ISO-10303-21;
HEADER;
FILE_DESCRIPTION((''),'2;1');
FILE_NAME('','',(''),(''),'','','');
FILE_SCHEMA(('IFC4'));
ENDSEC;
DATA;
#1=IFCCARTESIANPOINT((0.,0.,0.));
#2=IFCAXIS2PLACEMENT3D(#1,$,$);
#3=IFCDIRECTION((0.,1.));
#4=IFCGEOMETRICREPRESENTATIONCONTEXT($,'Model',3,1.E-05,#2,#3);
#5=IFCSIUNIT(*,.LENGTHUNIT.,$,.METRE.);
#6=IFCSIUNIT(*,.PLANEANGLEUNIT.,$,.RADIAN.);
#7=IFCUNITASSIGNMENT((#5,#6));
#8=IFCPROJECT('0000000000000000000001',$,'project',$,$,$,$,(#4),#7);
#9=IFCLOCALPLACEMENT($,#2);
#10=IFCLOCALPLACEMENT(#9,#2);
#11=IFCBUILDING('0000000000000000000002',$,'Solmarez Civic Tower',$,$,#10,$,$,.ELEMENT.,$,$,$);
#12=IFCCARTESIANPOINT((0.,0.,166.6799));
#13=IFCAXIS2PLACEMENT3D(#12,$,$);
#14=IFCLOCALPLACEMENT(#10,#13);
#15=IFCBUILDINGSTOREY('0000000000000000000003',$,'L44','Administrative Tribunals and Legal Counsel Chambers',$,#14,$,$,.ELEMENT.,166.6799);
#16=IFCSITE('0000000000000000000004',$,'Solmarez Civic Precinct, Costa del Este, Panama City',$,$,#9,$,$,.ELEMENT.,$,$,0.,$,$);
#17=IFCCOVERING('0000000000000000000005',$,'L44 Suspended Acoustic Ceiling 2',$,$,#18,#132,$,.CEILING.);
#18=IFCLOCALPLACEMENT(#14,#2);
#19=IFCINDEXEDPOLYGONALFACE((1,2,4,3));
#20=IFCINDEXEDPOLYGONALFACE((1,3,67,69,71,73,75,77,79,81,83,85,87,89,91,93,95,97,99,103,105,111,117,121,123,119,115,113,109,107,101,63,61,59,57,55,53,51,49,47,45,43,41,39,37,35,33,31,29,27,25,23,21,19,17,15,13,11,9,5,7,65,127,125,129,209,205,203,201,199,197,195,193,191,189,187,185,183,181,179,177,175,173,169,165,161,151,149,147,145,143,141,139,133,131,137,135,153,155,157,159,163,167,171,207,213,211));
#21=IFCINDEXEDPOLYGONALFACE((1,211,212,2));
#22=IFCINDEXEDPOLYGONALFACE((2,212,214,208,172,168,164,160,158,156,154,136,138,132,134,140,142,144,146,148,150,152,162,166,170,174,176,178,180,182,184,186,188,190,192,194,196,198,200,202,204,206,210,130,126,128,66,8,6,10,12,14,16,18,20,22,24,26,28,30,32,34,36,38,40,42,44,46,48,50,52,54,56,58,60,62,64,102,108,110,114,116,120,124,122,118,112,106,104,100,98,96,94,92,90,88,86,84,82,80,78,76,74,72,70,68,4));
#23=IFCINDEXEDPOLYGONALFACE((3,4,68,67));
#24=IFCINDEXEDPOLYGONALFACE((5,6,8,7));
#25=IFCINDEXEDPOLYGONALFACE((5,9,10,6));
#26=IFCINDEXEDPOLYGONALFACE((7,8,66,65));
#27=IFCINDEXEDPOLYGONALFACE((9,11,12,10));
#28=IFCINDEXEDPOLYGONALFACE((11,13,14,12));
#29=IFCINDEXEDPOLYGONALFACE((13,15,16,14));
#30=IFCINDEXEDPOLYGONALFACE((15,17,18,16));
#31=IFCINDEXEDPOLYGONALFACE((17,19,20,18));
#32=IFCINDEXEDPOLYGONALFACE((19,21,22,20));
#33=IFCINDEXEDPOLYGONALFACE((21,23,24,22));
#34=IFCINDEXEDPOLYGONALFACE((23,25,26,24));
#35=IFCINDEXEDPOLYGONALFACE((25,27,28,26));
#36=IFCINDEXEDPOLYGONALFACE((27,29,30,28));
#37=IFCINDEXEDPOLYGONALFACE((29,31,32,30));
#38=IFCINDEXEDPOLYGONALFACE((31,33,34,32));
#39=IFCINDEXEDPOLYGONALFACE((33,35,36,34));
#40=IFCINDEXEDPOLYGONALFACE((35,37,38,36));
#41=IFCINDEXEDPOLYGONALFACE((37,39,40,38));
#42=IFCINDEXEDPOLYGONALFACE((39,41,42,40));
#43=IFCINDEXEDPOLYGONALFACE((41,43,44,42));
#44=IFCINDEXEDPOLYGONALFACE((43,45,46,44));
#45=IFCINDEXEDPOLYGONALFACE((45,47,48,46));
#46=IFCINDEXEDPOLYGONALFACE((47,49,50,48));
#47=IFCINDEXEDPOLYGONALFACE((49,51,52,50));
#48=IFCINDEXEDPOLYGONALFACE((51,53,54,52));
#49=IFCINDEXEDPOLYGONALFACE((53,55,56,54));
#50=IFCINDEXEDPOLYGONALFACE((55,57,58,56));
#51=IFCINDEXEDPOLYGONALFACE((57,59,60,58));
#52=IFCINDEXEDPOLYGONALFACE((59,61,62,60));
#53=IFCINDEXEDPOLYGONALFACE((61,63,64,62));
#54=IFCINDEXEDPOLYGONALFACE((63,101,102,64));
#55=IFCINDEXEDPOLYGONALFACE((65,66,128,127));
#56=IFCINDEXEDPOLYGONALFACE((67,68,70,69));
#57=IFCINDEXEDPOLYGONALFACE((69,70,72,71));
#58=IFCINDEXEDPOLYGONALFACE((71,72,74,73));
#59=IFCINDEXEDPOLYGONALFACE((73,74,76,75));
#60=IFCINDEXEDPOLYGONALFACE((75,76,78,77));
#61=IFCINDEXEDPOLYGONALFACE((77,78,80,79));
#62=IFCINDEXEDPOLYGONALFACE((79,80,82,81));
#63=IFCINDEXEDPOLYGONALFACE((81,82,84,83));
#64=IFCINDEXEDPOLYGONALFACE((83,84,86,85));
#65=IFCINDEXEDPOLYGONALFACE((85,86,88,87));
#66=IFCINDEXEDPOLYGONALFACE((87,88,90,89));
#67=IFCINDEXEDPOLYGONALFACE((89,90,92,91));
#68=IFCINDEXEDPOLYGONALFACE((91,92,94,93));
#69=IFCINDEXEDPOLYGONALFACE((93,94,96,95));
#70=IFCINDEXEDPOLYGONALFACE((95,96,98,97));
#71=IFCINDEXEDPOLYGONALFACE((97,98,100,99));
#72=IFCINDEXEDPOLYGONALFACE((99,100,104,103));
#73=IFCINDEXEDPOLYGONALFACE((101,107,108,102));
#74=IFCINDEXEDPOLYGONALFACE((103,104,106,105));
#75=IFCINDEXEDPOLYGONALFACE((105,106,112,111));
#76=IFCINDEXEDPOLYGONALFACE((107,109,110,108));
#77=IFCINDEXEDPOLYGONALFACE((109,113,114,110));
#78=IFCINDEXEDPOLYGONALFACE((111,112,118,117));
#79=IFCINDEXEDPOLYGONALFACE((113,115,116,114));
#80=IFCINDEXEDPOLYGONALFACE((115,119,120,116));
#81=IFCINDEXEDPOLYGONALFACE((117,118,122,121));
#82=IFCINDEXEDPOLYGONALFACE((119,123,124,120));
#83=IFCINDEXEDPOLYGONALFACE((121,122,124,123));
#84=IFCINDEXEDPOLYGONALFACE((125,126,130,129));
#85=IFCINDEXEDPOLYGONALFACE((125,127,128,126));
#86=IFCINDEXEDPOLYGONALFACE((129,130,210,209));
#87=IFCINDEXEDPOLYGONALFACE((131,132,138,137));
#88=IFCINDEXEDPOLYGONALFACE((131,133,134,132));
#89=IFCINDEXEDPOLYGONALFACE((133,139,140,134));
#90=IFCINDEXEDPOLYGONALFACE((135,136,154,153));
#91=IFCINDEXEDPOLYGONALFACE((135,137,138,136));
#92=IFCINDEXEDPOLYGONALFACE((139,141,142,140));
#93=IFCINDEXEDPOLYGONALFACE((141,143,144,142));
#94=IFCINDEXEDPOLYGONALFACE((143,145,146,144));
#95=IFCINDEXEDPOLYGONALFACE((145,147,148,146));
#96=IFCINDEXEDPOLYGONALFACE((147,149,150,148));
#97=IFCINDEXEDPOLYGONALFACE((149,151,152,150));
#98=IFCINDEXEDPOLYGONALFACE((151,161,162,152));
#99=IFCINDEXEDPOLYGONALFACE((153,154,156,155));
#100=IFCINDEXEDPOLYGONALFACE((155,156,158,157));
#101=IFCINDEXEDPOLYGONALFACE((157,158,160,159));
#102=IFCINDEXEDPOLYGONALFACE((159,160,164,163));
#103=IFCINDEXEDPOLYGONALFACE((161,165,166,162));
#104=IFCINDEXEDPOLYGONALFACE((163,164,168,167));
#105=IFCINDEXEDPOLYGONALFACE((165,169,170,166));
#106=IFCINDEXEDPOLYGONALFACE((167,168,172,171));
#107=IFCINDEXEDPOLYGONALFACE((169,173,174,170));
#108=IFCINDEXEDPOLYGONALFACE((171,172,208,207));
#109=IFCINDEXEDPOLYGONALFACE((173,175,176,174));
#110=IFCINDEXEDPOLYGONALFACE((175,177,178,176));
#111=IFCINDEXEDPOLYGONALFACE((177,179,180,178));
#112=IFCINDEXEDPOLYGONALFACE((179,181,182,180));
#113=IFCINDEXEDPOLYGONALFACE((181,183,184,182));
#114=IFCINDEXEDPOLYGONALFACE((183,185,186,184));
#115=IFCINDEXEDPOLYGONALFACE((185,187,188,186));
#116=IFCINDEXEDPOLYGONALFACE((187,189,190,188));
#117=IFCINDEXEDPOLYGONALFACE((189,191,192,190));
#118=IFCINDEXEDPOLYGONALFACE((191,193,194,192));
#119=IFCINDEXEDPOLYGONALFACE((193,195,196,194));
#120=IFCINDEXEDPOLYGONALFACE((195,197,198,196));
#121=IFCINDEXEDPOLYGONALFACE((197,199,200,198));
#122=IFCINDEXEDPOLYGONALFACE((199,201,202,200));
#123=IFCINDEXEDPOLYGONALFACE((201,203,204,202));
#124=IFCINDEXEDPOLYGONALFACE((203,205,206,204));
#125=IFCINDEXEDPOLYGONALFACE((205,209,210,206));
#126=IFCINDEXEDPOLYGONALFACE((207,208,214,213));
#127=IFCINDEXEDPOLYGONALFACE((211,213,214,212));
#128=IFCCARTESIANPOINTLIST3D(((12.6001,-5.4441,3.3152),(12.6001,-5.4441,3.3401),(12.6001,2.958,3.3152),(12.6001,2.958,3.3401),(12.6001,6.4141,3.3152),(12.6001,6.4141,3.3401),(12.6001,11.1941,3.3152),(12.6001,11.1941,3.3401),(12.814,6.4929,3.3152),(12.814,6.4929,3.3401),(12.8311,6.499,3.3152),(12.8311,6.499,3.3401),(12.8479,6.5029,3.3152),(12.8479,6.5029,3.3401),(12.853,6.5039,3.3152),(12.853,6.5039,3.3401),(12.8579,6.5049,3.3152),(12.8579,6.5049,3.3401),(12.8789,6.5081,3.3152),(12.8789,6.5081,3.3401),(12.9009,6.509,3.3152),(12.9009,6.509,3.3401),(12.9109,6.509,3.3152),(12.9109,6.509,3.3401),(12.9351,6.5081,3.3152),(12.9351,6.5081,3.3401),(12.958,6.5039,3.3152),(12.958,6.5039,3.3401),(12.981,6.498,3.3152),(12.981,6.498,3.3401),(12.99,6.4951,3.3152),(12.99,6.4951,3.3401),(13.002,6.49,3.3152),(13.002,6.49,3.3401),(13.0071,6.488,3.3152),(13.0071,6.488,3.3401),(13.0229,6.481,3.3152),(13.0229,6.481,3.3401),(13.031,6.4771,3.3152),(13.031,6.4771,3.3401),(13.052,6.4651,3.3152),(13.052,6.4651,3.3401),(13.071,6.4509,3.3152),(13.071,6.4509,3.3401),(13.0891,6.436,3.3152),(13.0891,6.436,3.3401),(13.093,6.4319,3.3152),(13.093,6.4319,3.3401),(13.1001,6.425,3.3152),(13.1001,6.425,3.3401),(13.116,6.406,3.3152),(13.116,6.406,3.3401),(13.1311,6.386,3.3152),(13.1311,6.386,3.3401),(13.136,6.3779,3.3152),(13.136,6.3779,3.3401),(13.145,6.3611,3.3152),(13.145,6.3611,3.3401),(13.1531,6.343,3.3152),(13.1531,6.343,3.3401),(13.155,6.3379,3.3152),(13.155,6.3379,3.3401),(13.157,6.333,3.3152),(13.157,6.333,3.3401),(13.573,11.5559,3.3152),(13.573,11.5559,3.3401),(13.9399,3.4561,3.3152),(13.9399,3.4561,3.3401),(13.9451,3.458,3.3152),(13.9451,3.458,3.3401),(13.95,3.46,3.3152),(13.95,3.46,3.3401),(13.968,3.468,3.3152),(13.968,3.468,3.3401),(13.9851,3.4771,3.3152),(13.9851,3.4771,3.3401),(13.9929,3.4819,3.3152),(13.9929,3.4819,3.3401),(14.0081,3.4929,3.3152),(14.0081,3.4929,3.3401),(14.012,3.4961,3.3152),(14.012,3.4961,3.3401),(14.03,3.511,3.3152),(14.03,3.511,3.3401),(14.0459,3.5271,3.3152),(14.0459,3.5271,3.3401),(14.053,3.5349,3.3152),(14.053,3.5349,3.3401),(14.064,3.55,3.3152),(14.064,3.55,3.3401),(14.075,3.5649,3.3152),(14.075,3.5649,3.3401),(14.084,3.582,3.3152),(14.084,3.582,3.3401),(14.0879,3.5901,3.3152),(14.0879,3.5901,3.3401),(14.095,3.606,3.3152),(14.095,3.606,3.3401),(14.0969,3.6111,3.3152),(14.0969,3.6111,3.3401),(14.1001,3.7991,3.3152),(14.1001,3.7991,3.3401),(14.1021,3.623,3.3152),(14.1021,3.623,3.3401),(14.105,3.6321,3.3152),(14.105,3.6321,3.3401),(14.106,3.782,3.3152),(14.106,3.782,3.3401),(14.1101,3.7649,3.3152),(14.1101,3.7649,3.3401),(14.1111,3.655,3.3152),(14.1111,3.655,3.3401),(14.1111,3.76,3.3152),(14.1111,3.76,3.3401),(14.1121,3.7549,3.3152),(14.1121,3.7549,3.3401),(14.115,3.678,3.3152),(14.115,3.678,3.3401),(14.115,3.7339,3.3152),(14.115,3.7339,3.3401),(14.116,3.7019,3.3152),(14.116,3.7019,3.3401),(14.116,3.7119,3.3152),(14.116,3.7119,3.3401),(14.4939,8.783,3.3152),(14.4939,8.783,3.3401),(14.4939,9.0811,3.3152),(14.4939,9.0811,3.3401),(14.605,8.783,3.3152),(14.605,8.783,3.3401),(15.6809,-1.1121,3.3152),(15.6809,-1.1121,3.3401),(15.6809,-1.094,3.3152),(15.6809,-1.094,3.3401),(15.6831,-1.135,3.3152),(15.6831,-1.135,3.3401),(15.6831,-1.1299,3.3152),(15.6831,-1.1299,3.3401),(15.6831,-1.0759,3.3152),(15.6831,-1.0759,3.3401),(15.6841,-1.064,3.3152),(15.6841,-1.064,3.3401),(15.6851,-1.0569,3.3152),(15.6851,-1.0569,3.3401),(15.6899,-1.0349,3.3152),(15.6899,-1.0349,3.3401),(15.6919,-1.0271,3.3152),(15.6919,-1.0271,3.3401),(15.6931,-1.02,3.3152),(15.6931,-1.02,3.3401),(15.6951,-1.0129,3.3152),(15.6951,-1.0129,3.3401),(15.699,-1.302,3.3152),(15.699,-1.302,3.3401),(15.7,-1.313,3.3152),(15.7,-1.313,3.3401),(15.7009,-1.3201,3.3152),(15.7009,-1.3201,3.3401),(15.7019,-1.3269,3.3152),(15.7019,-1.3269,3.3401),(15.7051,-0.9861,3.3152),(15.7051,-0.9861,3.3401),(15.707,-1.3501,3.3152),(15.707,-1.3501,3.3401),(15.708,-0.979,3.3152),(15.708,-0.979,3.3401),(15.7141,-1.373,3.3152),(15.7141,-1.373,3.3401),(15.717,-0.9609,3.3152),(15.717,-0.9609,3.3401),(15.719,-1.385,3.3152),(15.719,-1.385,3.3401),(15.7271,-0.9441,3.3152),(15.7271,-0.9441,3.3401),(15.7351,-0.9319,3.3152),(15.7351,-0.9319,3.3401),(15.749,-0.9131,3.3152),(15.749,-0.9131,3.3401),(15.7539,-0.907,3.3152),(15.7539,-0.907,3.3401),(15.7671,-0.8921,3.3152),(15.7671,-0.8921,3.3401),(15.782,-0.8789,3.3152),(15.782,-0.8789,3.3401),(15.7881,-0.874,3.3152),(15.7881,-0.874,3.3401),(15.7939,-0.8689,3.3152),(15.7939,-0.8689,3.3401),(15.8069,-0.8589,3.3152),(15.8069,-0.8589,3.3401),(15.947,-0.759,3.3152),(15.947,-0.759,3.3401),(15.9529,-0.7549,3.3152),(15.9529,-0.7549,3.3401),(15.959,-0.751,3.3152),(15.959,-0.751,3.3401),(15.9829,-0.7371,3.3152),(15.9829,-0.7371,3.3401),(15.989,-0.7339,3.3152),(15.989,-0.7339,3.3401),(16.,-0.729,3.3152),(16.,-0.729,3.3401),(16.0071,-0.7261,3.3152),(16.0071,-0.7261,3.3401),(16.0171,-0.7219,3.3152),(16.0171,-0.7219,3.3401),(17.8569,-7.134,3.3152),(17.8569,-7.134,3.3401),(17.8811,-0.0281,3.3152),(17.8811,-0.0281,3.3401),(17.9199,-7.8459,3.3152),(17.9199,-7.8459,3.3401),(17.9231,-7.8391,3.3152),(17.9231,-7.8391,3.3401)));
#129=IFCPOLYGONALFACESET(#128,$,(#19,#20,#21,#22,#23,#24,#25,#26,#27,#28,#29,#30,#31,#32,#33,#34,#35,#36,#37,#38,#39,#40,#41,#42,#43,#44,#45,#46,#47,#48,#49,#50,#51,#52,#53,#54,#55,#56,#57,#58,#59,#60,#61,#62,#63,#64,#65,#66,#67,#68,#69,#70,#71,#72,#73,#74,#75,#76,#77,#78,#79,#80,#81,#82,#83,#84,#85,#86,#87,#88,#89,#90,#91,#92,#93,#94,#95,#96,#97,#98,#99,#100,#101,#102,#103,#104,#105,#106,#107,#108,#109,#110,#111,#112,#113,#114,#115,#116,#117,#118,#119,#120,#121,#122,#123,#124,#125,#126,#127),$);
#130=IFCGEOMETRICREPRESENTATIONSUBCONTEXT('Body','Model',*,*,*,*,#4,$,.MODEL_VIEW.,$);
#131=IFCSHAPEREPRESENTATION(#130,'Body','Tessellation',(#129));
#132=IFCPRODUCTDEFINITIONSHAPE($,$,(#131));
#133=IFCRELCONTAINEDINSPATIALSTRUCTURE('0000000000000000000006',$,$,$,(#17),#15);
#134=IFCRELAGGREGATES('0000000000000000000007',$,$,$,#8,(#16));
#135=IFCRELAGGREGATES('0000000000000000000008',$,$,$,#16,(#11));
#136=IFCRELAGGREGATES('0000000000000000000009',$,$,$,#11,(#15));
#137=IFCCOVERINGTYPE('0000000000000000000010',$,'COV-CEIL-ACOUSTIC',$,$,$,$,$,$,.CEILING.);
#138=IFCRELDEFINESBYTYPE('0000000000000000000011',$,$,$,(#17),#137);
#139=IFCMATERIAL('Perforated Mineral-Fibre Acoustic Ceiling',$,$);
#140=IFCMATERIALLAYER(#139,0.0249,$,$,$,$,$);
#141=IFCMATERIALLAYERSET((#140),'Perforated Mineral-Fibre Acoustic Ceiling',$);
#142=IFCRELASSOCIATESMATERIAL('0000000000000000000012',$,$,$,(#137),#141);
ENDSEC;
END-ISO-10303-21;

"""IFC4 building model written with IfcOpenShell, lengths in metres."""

from ifc_helpers import new_model, si_unit, direction, frame, origin, place, context, subcontext, project, spatial, polyline, outline, extrude, material, layer, layer_set, type_object, element, save


model = new_model("IFC4")

# Units and contexts
model_context = context("Model", 3, precision=1e-05, world=origin(), true_north=direction((0.0, 1.0)))
body_context = subcontext(model_context, "Body", "Model", "MODEL_VIEW")
ifc_project = project(units=[si_unit("LENGTHUNIT", "METRE"), si_unit("PLANEANGLEUNIT", "RADIAN")], contexts=[model_context])

# Site, building, storey
site_placement = place(None, origin())
site = spatial("IfcSite", under=ifc_project, at=site_placement, Name="Solmarez Civic Precinct, Costa del Este, Panama City", CompositionType="ELEMENT", RefElevation=0.0)
building_placement = place(site_placement, origin())
building = spatial("IfcBuilding", under=site, at=building_placement, Name="Solmarez Civic Tower", CompositionType="ELEMENT")
storey_placement = place(building_placement, frame((0.0, 0.0, 166.6799)))
storey = spatial("IfcBuildingStorey", under=building, at=storey_placement, Name="L44", Description="Administrative Tribunals and Legal Counsel Chambers", CompositionType="ELEMENT", Elevation=166.6799)

# Covering
ifc_material_1 = material(Name="Perforated Mineral-Fibre Acoustic Ceiling")
ifc_layer_1 = layer(ifc_material_1, 0.0249)
ifc_layer_set_1 = layer_set([ifc_layer_1], Name="Perforated Mineral-Fibre Acoustic Ceiling")
covering_type_1 = type_object("IfcCoveringType", Name="COV-CEIL-ACOUSTIC", PredefinedType="CEILING", material=ifc_layer_set_1)
covering_1_placement = place(storey_placement, frame((0.0, 0.0, 3.3152)))
element("IfcCovering", 1, at=covering_1_placement, inside=storey, type_object=covering_type_1, Name="L44 Suspended Acoustic Ceiling 2", PredefinedType="CEILING", context=body_context, shape_type="SweptSolid", body=[
    extrude(outline(polyline([(12.6001, 11.1941), (12.6001, 6.4141), (12.814, 6.4929), (12.8311, 6.499), (12.8479, 6.5029), (12.853, 6.5039), (12.8579, 6.5049), (12.8789, 6.5081), (12.9009, 6.509), (12.9109, 6.509), (12.9351, 6.5081), (12.958, 6.5039), (12.981, 6.498), (12.99, 6.4951), (13.002, 6.49), (13.0071, 6.488), (13.0229, 6.481), (13.031, 6.4771), (13.052, 6.4651), (13.071, 6.4509), (13.0891, 6.436), (13.093, 6.4319), (13.1001, 6.425), (13.116, 6.406), (13.1311, 6.386), (13.136, 6.3779), (13.145, 6.3611), (13.1531, 6.343), (13.155, 6.3379), (13.157, 6.333), (14.1001, 3.7991), (14.106, 3.782), (14.1101, 3.7649), (14.1111, 3.76), (14.1121, 3.7549), (14.115, 3.7339), (14.116, 3.7119), (14.116, 3.7019), (14.115, 3.678), (14.1111, 3.655), (14.105, 3.6321), (14.1021, 3.623), (14.0969, 3.6111), (14.095, 3.606), (14.0879, 3.5901), (14.084, 3.582), (14.075, 3.5649), (14.064, 3.55), (14.053, 3.5349), (14.0459, 3.5271), (14.03, 3.511), (14.012, 3.4961), (14.0081, 3.4929), (13.9929, 3.4819), (13.9851, 3.4771), (13.968, 3.468), (13.95, 3.46), (13.9451, 3.458), (13.9399, 3.4561), (12.6001, 2.958), (12.6001, -5.4441), (17.9199, -7.8459), (17.9231, -7.8391), (17.8569, -7.134), (15.719, -1.385), (15.7141, -1.373), (15.707, -1.3501), (15.7019, -1.3269), (15.7009, -1.3201), (15.7, -1.313), (15.699, -1.302), (15.6831, -1.135), (15.6831, -1.1299), (15.6809, -1.1121), (15.6809, -1.094), (15.6831, -1.0759), (15.6841, -1.064), (15.6851, -1.0569), (15.6899, -1.0349), (15.6919, -1.0271), (15.6931, -1.02), (15.6951, -1.0129), (15.7051, -0.9861), (15.708, -0.979), (15.717, -0.9609), (15.7271, -0.9441), (15.7351, -0.9319), (15.749, -0.9131), (15.7539, -0.907), (15.7671, -0.8921), (15.782, -0.8789), (15.7881, -0.874), (15.7939, -0.8689), (15.8069, -0.8589), (15.947, -0.759), (15.9529, -0.7549), (15.959, -0.751), (15.9829, -0.7371), (15.989, -0.7339), (16.0, -0.729), (16.0071, -0.7261), (16.0171, -0.7219), (17.8811, -0.0281), (14.605, 8.783), (14.4939, 8.783), (14.4939, 9.0811), (13.573, 11.5559), (12.6001, 11.1941)])), origin(), (0.0, 0.0, 1.0), 0.0249),
])

save(model, "model.ifc")
